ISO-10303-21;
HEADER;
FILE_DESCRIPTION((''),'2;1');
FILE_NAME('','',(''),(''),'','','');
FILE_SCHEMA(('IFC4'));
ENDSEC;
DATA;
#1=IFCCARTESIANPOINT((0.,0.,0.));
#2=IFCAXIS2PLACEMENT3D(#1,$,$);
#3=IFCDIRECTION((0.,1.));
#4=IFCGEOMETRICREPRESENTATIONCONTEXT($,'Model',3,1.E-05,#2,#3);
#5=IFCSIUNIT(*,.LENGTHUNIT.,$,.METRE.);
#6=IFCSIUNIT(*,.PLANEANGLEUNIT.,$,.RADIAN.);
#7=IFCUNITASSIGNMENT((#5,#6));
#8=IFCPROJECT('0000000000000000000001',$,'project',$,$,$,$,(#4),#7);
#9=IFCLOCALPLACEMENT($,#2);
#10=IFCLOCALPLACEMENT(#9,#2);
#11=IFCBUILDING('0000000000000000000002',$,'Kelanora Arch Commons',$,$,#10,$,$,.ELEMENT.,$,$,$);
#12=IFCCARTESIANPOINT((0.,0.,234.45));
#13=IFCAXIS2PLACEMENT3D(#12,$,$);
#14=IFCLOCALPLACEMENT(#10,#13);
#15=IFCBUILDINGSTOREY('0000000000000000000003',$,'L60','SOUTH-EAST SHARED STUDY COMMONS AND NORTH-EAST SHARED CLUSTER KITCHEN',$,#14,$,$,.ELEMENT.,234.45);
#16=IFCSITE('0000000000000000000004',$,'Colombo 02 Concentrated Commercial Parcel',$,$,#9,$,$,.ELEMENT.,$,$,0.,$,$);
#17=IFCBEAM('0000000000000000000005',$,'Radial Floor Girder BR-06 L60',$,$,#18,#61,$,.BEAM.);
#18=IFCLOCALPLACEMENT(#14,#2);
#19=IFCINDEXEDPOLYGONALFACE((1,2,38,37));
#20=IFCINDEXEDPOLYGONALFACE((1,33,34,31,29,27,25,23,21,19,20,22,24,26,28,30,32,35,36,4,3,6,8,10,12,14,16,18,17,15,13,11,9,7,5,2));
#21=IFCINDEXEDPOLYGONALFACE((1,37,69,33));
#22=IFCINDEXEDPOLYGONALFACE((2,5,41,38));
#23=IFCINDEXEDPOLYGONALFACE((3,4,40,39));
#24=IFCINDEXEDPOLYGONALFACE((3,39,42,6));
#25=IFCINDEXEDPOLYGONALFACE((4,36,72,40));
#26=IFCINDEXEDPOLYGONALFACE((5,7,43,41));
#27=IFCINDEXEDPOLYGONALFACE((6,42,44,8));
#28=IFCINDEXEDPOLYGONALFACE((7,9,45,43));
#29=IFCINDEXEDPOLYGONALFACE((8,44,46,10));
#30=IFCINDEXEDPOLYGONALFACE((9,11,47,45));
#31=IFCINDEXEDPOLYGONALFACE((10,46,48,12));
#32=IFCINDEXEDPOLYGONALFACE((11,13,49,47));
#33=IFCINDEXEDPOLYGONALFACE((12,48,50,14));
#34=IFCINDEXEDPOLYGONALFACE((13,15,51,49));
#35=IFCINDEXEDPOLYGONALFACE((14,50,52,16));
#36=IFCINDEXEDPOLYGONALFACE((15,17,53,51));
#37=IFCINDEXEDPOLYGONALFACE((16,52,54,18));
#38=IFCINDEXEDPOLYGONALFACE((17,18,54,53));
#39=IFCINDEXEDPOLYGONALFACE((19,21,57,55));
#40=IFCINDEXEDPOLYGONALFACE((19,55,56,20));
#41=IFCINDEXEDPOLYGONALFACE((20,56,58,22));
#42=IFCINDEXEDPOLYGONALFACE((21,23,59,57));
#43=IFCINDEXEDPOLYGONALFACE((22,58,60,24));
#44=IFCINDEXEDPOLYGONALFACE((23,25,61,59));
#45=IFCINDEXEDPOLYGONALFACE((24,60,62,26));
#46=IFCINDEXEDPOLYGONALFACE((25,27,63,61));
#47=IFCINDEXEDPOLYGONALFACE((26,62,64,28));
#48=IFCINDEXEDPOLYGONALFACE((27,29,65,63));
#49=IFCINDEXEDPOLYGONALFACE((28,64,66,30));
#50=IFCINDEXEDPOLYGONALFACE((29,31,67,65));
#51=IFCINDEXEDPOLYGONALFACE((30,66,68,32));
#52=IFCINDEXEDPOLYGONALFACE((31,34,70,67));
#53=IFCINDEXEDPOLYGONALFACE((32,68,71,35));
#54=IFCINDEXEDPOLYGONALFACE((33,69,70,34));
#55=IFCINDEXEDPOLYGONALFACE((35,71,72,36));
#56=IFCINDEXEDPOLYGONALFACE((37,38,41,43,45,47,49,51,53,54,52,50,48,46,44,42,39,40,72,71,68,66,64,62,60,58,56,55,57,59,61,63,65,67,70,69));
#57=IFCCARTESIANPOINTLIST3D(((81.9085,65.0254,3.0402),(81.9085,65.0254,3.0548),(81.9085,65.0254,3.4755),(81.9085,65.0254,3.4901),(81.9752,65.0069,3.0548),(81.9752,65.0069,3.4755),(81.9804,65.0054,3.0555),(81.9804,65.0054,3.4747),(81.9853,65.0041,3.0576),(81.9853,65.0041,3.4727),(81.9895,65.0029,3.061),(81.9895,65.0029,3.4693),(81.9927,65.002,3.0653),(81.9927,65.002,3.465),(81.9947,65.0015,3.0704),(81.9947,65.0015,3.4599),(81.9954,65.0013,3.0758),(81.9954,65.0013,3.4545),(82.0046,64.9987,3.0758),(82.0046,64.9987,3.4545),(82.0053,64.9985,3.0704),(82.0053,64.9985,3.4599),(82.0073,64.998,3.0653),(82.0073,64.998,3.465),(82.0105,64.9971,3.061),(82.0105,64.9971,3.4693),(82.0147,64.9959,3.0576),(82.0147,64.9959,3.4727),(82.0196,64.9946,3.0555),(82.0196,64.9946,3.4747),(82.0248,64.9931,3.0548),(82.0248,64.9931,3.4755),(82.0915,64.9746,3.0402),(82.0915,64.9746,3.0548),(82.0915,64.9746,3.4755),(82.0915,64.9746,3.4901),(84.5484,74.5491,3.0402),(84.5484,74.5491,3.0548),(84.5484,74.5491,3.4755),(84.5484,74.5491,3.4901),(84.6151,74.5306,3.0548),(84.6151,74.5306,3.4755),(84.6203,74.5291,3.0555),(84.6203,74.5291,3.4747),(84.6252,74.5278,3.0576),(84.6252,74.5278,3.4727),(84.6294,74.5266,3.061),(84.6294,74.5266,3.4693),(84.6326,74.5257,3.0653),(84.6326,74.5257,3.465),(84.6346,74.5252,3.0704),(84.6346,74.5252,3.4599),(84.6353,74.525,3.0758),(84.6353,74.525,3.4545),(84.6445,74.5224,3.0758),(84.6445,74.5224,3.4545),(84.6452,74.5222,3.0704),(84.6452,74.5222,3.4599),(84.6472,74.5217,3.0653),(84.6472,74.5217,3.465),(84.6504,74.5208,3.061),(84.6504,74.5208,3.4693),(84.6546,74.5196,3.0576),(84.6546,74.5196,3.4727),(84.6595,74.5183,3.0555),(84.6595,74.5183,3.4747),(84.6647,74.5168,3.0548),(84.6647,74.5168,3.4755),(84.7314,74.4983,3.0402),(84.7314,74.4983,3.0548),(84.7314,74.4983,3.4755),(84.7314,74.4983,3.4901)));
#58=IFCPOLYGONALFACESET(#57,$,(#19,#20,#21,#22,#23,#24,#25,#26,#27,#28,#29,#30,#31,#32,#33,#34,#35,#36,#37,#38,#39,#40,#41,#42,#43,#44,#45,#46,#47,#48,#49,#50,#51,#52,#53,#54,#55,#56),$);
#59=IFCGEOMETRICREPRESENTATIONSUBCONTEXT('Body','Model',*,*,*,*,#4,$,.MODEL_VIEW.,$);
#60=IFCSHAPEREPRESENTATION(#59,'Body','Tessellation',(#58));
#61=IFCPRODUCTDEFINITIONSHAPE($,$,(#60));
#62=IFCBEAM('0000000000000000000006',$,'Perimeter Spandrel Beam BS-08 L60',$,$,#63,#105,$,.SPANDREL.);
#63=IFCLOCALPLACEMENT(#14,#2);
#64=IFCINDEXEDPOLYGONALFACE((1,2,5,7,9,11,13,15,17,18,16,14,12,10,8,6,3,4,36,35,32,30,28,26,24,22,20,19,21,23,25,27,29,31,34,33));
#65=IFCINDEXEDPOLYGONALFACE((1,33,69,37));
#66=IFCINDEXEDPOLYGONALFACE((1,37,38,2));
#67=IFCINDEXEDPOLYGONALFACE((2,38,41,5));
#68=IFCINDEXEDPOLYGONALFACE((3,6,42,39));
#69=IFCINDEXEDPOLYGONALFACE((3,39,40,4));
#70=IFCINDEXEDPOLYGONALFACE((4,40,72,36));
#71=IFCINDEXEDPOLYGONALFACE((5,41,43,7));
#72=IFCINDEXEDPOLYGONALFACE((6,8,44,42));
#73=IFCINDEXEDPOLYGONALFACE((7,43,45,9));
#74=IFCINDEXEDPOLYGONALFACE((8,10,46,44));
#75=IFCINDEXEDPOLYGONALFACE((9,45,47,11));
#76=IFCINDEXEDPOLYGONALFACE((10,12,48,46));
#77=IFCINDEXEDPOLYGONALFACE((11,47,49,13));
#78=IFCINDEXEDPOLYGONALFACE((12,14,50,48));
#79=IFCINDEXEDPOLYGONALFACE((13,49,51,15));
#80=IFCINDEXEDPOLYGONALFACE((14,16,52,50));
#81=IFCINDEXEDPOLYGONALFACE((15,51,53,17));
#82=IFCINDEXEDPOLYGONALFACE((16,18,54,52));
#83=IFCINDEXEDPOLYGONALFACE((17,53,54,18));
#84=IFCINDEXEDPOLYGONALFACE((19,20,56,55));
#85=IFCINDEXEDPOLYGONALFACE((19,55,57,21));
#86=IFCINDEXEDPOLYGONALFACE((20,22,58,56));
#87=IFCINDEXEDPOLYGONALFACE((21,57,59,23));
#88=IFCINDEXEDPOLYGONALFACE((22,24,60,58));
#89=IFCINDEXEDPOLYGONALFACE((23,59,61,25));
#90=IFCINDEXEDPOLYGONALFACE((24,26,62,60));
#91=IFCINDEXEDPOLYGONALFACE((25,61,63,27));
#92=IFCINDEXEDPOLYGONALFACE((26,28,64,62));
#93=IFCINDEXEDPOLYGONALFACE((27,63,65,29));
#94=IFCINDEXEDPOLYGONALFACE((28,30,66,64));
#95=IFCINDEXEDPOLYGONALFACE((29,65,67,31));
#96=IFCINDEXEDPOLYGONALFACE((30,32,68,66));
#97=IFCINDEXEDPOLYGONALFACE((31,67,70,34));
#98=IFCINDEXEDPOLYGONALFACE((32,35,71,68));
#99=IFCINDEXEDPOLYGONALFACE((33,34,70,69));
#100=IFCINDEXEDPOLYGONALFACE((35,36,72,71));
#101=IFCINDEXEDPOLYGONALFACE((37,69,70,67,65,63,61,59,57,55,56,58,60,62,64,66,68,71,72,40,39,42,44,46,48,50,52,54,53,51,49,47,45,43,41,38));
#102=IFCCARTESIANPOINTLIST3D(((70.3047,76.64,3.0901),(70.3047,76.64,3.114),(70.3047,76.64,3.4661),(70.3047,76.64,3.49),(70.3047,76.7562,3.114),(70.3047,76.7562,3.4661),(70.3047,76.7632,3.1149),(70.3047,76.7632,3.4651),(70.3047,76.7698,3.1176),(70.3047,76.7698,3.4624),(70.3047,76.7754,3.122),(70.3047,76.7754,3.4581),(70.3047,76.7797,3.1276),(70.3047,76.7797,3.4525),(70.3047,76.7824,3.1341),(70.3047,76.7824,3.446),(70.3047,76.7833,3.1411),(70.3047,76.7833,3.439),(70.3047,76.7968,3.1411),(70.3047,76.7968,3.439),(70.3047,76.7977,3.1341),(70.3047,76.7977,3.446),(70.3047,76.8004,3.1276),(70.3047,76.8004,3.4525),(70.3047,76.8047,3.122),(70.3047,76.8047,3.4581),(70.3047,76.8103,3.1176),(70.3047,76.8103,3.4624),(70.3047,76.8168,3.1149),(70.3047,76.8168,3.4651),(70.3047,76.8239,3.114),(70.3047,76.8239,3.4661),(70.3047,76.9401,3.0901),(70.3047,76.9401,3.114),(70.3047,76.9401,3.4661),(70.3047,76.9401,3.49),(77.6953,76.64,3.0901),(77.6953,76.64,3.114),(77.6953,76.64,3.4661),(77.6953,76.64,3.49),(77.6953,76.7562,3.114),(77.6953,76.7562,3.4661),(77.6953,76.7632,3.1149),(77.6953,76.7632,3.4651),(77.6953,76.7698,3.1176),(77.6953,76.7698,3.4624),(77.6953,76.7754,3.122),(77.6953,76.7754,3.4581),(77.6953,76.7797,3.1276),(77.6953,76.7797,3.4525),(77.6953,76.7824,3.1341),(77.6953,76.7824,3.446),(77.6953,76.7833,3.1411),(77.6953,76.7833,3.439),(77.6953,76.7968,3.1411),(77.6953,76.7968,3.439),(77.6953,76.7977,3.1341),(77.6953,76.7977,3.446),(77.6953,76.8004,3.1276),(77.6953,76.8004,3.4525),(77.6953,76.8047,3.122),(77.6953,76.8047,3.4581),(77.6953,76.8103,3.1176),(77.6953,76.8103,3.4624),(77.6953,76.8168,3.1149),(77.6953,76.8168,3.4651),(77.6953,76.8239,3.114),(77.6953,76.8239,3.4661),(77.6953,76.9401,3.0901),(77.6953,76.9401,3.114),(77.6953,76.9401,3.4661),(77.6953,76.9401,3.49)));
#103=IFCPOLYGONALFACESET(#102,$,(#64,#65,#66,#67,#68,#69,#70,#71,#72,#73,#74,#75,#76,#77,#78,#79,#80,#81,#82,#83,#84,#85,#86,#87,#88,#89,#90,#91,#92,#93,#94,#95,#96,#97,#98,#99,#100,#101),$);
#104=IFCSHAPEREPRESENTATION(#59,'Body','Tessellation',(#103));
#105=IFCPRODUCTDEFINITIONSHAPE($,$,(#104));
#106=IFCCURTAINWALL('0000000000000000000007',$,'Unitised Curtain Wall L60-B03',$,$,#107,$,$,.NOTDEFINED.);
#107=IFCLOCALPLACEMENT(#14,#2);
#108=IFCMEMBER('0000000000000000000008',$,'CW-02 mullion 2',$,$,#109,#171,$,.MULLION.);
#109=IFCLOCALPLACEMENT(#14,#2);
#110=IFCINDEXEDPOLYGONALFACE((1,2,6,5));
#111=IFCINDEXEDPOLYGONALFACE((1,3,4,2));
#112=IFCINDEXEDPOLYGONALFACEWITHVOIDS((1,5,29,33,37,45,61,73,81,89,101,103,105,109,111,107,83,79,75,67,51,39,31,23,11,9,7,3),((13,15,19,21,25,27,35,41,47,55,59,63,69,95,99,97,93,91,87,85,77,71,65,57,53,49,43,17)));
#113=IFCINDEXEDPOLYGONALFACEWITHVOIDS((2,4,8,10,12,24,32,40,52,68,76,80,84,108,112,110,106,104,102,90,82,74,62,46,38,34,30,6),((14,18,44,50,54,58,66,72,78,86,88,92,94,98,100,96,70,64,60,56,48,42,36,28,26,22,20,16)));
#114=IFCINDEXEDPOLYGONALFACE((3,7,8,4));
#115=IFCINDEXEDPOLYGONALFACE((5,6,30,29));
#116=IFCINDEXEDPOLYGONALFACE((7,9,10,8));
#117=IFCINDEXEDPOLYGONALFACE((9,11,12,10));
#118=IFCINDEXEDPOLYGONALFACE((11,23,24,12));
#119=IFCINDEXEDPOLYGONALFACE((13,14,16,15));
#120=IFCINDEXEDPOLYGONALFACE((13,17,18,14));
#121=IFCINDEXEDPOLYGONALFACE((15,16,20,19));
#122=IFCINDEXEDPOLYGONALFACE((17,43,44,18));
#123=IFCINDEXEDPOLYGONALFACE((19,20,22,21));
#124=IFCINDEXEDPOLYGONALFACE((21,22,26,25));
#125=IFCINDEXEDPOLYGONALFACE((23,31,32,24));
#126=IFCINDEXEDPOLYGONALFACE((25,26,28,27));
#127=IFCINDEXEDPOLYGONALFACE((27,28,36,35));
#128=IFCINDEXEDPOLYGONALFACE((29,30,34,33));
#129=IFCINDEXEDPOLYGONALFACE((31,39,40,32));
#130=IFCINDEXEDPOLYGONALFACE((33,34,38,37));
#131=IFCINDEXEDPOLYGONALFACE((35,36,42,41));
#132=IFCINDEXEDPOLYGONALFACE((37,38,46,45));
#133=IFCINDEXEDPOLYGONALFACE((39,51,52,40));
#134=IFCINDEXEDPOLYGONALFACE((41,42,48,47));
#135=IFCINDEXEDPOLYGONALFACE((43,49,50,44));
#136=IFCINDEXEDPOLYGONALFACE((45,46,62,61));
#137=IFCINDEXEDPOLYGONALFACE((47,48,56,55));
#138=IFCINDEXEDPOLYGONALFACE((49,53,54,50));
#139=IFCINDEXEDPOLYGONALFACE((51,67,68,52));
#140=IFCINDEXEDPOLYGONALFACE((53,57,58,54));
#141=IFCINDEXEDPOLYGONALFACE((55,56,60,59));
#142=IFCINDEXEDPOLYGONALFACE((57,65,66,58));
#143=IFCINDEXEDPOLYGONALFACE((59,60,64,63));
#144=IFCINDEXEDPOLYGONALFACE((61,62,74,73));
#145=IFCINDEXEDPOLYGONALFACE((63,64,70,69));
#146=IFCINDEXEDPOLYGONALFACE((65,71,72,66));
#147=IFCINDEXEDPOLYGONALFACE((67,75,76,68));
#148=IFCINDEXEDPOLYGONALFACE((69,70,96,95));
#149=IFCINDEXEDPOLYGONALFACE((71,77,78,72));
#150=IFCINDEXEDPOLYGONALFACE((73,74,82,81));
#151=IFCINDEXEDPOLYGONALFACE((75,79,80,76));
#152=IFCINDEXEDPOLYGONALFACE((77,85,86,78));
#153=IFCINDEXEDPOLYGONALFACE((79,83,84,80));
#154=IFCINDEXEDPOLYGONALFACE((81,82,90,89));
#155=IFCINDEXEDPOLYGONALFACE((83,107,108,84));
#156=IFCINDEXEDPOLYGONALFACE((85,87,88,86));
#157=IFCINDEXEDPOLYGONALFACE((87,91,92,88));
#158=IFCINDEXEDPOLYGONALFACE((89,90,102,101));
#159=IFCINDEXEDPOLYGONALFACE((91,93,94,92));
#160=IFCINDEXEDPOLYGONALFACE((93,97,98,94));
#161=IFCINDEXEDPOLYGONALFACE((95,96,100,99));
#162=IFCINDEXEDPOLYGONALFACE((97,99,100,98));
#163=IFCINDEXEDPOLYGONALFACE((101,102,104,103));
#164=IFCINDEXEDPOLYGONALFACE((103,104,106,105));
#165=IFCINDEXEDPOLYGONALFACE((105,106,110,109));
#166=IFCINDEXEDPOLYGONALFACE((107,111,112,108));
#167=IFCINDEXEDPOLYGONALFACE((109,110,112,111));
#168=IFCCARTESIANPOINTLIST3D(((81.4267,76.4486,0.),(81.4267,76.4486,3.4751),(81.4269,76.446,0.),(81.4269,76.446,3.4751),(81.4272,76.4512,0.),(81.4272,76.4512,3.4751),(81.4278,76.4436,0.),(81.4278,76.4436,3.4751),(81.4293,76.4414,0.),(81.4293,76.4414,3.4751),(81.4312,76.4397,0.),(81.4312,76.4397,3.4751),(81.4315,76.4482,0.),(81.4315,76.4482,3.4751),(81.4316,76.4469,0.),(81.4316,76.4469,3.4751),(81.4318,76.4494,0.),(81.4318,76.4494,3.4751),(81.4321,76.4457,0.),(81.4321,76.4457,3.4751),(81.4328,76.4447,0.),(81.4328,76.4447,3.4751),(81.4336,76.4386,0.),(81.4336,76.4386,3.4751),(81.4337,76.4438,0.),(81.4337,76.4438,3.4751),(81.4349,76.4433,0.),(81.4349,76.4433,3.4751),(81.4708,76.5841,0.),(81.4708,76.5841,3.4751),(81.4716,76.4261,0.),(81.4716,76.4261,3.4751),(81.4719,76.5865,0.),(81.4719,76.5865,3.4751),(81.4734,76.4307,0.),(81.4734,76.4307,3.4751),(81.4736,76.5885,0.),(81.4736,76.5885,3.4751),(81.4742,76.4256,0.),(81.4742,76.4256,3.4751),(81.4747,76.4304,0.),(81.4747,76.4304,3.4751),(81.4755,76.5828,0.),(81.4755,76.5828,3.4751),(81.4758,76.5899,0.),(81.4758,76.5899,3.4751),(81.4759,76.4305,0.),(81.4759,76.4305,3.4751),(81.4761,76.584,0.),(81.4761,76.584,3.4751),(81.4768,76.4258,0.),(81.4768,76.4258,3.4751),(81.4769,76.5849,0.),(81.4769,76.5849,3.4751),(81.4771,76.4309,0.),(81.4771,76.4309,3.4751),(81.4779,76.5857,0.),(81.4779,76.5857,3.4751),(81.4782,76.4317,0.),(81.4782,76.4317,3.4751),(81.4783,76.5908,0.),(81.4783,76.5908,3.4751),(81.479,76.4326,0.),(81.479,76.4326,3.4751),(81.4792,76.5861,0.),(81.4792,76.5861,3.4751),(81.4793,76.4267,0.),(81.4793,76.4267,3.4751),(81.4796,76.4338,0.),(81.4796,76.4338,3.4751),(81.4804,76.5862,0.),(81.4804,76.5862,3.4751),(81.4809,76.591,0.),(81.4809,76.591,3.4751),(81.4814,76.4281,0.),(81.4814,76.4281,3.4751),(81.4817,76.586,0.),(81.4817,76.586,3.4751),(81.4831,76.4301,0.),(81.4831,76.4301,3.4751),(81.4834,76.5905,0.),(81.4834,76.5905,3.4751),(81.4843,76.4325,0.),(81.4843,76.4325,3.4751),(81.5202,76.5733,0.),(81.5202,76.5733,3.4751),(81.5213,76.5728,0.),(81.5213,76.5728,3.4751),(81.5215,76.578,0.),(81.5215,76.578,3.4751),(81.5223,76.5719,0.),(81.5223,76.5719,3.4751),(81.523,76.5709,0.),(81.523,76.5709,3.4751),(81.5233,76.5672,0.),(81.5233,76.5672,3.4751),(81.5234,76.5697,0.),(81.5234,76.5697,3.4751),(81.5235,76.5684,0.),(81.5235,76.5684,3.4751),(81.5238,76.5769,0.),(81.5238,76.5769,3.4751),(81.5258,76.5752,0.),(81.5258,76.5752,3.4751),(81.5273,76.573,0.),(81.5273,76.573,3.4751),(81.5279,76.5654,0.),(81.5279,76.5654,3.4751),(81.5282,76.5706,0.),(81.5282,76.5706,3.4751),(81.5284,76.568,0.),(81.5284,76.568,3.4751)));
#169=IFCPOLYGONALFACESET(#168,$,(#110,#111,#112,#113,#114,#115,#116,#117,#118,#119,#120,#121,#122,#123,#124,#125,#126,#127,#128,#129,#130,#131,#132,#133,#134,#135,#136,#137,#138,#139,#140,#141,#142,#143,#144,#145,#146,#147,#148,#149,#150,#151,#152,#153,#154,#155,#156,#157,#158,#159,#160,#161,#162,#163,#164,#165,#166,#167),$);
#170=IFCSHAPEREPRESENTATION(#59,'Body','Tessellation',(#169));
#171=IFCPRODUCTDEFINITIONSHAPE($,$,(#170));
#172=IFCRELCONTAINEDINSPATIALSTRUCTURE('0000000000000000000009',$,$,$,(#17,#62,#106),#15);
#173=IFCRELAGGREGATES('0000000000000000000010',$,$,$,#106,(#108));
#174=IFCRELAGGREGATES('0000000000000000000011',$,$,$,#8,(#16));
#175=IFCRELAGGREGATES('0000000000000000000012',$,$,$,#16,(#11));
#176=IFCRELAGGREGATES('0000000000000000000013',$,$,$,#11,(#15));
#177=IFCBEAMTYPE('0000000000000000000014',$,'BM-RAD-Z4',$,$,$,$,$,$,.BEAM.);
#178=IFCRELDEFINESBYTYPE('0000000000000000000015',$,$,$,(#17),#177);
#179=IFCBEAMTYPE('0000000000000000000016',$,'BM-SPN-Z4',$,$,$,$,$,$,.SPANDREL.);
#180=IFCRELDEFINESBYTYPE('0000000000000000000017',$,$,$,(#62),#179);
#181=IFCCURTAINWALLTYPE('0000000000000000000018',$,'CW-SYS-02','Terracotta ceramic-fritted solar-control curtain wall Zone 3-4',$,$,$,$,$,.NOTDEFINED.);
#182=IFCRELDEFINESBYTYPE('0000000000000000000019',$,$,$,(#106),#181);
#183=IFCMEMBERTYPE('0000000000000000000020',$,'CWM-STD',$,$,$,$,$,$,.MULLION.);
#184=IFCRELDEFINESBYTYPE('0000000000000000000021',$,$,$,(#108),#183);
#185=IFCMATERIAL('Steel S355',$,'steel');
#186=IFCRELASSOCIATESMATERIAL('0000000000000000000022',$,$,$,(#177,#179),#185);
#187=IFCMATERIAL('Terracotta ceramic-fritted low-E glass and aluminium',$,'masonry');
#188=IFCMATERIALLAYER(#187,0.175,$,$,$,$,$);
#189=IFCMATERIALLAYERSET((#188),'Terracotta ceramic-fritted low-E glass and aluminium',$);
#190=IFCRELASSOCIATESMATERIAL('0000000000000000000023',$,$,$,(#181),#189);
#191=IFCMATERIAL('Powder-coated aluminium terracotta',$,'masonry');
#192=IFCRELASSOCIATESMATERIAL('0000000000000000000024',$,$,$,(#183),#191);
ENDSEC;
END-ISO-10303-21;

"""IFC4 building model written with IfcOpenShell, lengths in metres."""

from ifc_helpers import new_model, si_unit, direction, frame, origin, origin_2d, place, context, subcontext, project, spatial, hollow_rectangle, i_section, extrude, material, layer, layer_set, material_profile, profile_set, type_object, element, aggregate, save


model = new_model("IFC4")

# Units and contexts
model_context = context("Model", 3, precision=1e-05, world=origin(), true_north=direction((0.0, 1.0)))
body_context = subcontext(model_context, "Body", "Model", "MODEL_VIEW")
ifc_project = project(units=[si_unit("LENGTHUNIT", "METRE"), si_unit("PLANEANGLEUNIT", "RADIAN")], contexts=[model_context])

# Site, building, storey
site_placement = place(None, origin())
site = spatial("IfcSite", under=ifc_project, at=site_placement, Name="Colombo 02 Concentrated Commercial Parcel", CompositionType="ELEMENT", RefElevation=0.0)
building_placement = place(site_placement, origin())
building = spatial("IfcBuilding", under=site, at=building_placement, Name="Kelanora Arch Commons", CompositionType="ELEMENT")
storey_placement = place(building_placement, frame((0.0, 0.0, 234.45)))
storey = spatial("IfcBuildingStorey", under=building, at=storey_placement, Name="L60", Description="SOUTH-EAST SHARED STUDY COMMONS AND NORTH-EAST SHARED CLUSTER KITCHEN", CompositionType="ELEMENT", Elevation=234.45)

# Beams
ifc_material_1 = material(Name="Steel S355", Category="steel")
ifc_material_profile_1 = material_profile(ifc_material_1, i_section(OverallWidth=0.1899, OverallDepth=0.45, WebThickness=0.0095, FlangeThickness=0.0146, FilletRadius=0.021, at=origin_2d()), Name="IPE450")
ifc_profile_set_1 = profile_set([ifc_material_profile_1], Name="Steel S355")
beam_type_1 = type_object("IfcBeamType", Name="BM-RAD-Z4", PredefinedType="BEAM", material=ifc_profile_set_1)
beam_1_placement = place(storey_placement, frame((82.0, 65.0, 3.2651), z_axis=(0.26712, 0.963663, 0.0), x_axis=(-0.963663, 0.26712, 0.0)))
element("IfcBeam", 1, at=beam_1_placement, inside=storey, type_object=beam_type_1, Name="Radial Floor Girder BR-06 L60", PredefinedType="BEAM", context=body_context, shape_type="SweptSolid", body=[
    extrude(i_section(OverallWidth=0.1899, OverallDepth=0.45, WebThickness=0.0095, FlangeThickness=0.0146, FilletRadius=0.021, at=origin_2d()), origin(), (0.0, 0.0, 1.0), 9.8828),
])
ifc_material_profile_2 = material_profile(ifc_material_1, i_section(OverallWidth=0.3, OverallDepth=0.3999, WebThickness=0.0134, FlangeThickness=0.0239, FilletRadius=0.0271, at=origin_2d()), Name="HEB400")
ifc_profile_set_2 = profile_set([ifc_material_profile_2], Name="Steel S355")
beam_type_2 = type_object("IfcBeamType", Name="BM-SPN-Z4", PredefinedType="SPANDREL", material=ifc_profile_set_2)
beam_2_placement = place(storey_placement, frame((77.6953, 76.79, 3.29), z_axis=(-1.0, 0.0, 0.0), x_axis=(0.0, -1.0, 0.0)))
element("IfcBeam", 2, at=beam_2_placement, inside=storey, type_object=beam_type_2, Name="Perimeter Spandrel Beam BS-08 L60", PredefinedType="SPANDREL", context=body_context, shape_type="SweptSolid", body=[
    extrude(i_section(OverallWidth=0.3, OverallDepth=0.3999, WebThickness=0.0134, FlangeThickness=0.0239, FilletRadius=0.0271, at=origin_2d()), origin(), (0.0, 0.0, 1.0), 7.3906),
])

# Curtain wall, member
ifc_material_2 = material(Name="Terracotta ceramic-fritted low-E glass and aluminium", Category="masonry")
ifc_layer_1 = layer(ifc_material_2, 0.175)
ifc_layer_set_1 = layer_set([ifc_layer_1], Name="Terracotta ceramic-fritted low-E glass and aluminium")
curtain_wall_type = type_object("IfcCurtainWallType", Name="CW-SYS-02", Description="Terracotta ceramic-fritted solar-control curtain wall Zone 3-4", PredefinedType="NOTDEFINED", material=ifc_layer_set_1)
curtain_wall_placement = place(storey_placement, origin())
curtain_wall = element("IfcCurtainWall", 3, at=curtain_wall_placement, inside=storey, type_object=curtain_wall_type, Name="Unitised Curtain Wall L60-B03", PredefinedType="NOTDEFINED")
ifc_material_3 = material(Name="Powder-coated aluminium terracotta", Category="masonry")
ifc_material_profile_3 = material_profile(ifc_material_3, hollow_rectangle(XDim=0.1599, YDim=0.0601, WallThickness=0.0049, InnerFilletRadius=0.0049, OuterFilletRadius=0.01, at=origin_2d()), Name="CWM160x60")
ifc_profile_set_3 = profile_set([ifc_material_profile_3], Name="Powder-coated aluminium terracotta")
member_type_1 = type_object("IfcMemberType", Name="CWM-STD", PredefinedType="MULLION", material=ifc_profile_set_3)
member_1_placement = place(storey_placement, frame((81.4775, 76.5083, 0.0), z_axis=(0.0, 0.0, 1.0), x_axis=(-0.311582, -0.950219, 0.0)))
member_1 = element("IfcMember", 4, at=member_1_placement, type_object=member_type_1, Name="CW-02 mullion 2", PredefinedType="MULLION", context=body_context, shape_type="SweptSolid", body=[
    extrude(hollow_rectangle(XDim=0.1599, YDim=0.0601, WallThickness=0.0049, InnerFilletRadius=0.0049, OuterFilletRadius=0.01, at=origin_2d()), origin(), (0.0, 0.0, 1.0), 3.4751),
])
aggregate(curtain_wall, [member_1])

save(model, "model.ifc")
